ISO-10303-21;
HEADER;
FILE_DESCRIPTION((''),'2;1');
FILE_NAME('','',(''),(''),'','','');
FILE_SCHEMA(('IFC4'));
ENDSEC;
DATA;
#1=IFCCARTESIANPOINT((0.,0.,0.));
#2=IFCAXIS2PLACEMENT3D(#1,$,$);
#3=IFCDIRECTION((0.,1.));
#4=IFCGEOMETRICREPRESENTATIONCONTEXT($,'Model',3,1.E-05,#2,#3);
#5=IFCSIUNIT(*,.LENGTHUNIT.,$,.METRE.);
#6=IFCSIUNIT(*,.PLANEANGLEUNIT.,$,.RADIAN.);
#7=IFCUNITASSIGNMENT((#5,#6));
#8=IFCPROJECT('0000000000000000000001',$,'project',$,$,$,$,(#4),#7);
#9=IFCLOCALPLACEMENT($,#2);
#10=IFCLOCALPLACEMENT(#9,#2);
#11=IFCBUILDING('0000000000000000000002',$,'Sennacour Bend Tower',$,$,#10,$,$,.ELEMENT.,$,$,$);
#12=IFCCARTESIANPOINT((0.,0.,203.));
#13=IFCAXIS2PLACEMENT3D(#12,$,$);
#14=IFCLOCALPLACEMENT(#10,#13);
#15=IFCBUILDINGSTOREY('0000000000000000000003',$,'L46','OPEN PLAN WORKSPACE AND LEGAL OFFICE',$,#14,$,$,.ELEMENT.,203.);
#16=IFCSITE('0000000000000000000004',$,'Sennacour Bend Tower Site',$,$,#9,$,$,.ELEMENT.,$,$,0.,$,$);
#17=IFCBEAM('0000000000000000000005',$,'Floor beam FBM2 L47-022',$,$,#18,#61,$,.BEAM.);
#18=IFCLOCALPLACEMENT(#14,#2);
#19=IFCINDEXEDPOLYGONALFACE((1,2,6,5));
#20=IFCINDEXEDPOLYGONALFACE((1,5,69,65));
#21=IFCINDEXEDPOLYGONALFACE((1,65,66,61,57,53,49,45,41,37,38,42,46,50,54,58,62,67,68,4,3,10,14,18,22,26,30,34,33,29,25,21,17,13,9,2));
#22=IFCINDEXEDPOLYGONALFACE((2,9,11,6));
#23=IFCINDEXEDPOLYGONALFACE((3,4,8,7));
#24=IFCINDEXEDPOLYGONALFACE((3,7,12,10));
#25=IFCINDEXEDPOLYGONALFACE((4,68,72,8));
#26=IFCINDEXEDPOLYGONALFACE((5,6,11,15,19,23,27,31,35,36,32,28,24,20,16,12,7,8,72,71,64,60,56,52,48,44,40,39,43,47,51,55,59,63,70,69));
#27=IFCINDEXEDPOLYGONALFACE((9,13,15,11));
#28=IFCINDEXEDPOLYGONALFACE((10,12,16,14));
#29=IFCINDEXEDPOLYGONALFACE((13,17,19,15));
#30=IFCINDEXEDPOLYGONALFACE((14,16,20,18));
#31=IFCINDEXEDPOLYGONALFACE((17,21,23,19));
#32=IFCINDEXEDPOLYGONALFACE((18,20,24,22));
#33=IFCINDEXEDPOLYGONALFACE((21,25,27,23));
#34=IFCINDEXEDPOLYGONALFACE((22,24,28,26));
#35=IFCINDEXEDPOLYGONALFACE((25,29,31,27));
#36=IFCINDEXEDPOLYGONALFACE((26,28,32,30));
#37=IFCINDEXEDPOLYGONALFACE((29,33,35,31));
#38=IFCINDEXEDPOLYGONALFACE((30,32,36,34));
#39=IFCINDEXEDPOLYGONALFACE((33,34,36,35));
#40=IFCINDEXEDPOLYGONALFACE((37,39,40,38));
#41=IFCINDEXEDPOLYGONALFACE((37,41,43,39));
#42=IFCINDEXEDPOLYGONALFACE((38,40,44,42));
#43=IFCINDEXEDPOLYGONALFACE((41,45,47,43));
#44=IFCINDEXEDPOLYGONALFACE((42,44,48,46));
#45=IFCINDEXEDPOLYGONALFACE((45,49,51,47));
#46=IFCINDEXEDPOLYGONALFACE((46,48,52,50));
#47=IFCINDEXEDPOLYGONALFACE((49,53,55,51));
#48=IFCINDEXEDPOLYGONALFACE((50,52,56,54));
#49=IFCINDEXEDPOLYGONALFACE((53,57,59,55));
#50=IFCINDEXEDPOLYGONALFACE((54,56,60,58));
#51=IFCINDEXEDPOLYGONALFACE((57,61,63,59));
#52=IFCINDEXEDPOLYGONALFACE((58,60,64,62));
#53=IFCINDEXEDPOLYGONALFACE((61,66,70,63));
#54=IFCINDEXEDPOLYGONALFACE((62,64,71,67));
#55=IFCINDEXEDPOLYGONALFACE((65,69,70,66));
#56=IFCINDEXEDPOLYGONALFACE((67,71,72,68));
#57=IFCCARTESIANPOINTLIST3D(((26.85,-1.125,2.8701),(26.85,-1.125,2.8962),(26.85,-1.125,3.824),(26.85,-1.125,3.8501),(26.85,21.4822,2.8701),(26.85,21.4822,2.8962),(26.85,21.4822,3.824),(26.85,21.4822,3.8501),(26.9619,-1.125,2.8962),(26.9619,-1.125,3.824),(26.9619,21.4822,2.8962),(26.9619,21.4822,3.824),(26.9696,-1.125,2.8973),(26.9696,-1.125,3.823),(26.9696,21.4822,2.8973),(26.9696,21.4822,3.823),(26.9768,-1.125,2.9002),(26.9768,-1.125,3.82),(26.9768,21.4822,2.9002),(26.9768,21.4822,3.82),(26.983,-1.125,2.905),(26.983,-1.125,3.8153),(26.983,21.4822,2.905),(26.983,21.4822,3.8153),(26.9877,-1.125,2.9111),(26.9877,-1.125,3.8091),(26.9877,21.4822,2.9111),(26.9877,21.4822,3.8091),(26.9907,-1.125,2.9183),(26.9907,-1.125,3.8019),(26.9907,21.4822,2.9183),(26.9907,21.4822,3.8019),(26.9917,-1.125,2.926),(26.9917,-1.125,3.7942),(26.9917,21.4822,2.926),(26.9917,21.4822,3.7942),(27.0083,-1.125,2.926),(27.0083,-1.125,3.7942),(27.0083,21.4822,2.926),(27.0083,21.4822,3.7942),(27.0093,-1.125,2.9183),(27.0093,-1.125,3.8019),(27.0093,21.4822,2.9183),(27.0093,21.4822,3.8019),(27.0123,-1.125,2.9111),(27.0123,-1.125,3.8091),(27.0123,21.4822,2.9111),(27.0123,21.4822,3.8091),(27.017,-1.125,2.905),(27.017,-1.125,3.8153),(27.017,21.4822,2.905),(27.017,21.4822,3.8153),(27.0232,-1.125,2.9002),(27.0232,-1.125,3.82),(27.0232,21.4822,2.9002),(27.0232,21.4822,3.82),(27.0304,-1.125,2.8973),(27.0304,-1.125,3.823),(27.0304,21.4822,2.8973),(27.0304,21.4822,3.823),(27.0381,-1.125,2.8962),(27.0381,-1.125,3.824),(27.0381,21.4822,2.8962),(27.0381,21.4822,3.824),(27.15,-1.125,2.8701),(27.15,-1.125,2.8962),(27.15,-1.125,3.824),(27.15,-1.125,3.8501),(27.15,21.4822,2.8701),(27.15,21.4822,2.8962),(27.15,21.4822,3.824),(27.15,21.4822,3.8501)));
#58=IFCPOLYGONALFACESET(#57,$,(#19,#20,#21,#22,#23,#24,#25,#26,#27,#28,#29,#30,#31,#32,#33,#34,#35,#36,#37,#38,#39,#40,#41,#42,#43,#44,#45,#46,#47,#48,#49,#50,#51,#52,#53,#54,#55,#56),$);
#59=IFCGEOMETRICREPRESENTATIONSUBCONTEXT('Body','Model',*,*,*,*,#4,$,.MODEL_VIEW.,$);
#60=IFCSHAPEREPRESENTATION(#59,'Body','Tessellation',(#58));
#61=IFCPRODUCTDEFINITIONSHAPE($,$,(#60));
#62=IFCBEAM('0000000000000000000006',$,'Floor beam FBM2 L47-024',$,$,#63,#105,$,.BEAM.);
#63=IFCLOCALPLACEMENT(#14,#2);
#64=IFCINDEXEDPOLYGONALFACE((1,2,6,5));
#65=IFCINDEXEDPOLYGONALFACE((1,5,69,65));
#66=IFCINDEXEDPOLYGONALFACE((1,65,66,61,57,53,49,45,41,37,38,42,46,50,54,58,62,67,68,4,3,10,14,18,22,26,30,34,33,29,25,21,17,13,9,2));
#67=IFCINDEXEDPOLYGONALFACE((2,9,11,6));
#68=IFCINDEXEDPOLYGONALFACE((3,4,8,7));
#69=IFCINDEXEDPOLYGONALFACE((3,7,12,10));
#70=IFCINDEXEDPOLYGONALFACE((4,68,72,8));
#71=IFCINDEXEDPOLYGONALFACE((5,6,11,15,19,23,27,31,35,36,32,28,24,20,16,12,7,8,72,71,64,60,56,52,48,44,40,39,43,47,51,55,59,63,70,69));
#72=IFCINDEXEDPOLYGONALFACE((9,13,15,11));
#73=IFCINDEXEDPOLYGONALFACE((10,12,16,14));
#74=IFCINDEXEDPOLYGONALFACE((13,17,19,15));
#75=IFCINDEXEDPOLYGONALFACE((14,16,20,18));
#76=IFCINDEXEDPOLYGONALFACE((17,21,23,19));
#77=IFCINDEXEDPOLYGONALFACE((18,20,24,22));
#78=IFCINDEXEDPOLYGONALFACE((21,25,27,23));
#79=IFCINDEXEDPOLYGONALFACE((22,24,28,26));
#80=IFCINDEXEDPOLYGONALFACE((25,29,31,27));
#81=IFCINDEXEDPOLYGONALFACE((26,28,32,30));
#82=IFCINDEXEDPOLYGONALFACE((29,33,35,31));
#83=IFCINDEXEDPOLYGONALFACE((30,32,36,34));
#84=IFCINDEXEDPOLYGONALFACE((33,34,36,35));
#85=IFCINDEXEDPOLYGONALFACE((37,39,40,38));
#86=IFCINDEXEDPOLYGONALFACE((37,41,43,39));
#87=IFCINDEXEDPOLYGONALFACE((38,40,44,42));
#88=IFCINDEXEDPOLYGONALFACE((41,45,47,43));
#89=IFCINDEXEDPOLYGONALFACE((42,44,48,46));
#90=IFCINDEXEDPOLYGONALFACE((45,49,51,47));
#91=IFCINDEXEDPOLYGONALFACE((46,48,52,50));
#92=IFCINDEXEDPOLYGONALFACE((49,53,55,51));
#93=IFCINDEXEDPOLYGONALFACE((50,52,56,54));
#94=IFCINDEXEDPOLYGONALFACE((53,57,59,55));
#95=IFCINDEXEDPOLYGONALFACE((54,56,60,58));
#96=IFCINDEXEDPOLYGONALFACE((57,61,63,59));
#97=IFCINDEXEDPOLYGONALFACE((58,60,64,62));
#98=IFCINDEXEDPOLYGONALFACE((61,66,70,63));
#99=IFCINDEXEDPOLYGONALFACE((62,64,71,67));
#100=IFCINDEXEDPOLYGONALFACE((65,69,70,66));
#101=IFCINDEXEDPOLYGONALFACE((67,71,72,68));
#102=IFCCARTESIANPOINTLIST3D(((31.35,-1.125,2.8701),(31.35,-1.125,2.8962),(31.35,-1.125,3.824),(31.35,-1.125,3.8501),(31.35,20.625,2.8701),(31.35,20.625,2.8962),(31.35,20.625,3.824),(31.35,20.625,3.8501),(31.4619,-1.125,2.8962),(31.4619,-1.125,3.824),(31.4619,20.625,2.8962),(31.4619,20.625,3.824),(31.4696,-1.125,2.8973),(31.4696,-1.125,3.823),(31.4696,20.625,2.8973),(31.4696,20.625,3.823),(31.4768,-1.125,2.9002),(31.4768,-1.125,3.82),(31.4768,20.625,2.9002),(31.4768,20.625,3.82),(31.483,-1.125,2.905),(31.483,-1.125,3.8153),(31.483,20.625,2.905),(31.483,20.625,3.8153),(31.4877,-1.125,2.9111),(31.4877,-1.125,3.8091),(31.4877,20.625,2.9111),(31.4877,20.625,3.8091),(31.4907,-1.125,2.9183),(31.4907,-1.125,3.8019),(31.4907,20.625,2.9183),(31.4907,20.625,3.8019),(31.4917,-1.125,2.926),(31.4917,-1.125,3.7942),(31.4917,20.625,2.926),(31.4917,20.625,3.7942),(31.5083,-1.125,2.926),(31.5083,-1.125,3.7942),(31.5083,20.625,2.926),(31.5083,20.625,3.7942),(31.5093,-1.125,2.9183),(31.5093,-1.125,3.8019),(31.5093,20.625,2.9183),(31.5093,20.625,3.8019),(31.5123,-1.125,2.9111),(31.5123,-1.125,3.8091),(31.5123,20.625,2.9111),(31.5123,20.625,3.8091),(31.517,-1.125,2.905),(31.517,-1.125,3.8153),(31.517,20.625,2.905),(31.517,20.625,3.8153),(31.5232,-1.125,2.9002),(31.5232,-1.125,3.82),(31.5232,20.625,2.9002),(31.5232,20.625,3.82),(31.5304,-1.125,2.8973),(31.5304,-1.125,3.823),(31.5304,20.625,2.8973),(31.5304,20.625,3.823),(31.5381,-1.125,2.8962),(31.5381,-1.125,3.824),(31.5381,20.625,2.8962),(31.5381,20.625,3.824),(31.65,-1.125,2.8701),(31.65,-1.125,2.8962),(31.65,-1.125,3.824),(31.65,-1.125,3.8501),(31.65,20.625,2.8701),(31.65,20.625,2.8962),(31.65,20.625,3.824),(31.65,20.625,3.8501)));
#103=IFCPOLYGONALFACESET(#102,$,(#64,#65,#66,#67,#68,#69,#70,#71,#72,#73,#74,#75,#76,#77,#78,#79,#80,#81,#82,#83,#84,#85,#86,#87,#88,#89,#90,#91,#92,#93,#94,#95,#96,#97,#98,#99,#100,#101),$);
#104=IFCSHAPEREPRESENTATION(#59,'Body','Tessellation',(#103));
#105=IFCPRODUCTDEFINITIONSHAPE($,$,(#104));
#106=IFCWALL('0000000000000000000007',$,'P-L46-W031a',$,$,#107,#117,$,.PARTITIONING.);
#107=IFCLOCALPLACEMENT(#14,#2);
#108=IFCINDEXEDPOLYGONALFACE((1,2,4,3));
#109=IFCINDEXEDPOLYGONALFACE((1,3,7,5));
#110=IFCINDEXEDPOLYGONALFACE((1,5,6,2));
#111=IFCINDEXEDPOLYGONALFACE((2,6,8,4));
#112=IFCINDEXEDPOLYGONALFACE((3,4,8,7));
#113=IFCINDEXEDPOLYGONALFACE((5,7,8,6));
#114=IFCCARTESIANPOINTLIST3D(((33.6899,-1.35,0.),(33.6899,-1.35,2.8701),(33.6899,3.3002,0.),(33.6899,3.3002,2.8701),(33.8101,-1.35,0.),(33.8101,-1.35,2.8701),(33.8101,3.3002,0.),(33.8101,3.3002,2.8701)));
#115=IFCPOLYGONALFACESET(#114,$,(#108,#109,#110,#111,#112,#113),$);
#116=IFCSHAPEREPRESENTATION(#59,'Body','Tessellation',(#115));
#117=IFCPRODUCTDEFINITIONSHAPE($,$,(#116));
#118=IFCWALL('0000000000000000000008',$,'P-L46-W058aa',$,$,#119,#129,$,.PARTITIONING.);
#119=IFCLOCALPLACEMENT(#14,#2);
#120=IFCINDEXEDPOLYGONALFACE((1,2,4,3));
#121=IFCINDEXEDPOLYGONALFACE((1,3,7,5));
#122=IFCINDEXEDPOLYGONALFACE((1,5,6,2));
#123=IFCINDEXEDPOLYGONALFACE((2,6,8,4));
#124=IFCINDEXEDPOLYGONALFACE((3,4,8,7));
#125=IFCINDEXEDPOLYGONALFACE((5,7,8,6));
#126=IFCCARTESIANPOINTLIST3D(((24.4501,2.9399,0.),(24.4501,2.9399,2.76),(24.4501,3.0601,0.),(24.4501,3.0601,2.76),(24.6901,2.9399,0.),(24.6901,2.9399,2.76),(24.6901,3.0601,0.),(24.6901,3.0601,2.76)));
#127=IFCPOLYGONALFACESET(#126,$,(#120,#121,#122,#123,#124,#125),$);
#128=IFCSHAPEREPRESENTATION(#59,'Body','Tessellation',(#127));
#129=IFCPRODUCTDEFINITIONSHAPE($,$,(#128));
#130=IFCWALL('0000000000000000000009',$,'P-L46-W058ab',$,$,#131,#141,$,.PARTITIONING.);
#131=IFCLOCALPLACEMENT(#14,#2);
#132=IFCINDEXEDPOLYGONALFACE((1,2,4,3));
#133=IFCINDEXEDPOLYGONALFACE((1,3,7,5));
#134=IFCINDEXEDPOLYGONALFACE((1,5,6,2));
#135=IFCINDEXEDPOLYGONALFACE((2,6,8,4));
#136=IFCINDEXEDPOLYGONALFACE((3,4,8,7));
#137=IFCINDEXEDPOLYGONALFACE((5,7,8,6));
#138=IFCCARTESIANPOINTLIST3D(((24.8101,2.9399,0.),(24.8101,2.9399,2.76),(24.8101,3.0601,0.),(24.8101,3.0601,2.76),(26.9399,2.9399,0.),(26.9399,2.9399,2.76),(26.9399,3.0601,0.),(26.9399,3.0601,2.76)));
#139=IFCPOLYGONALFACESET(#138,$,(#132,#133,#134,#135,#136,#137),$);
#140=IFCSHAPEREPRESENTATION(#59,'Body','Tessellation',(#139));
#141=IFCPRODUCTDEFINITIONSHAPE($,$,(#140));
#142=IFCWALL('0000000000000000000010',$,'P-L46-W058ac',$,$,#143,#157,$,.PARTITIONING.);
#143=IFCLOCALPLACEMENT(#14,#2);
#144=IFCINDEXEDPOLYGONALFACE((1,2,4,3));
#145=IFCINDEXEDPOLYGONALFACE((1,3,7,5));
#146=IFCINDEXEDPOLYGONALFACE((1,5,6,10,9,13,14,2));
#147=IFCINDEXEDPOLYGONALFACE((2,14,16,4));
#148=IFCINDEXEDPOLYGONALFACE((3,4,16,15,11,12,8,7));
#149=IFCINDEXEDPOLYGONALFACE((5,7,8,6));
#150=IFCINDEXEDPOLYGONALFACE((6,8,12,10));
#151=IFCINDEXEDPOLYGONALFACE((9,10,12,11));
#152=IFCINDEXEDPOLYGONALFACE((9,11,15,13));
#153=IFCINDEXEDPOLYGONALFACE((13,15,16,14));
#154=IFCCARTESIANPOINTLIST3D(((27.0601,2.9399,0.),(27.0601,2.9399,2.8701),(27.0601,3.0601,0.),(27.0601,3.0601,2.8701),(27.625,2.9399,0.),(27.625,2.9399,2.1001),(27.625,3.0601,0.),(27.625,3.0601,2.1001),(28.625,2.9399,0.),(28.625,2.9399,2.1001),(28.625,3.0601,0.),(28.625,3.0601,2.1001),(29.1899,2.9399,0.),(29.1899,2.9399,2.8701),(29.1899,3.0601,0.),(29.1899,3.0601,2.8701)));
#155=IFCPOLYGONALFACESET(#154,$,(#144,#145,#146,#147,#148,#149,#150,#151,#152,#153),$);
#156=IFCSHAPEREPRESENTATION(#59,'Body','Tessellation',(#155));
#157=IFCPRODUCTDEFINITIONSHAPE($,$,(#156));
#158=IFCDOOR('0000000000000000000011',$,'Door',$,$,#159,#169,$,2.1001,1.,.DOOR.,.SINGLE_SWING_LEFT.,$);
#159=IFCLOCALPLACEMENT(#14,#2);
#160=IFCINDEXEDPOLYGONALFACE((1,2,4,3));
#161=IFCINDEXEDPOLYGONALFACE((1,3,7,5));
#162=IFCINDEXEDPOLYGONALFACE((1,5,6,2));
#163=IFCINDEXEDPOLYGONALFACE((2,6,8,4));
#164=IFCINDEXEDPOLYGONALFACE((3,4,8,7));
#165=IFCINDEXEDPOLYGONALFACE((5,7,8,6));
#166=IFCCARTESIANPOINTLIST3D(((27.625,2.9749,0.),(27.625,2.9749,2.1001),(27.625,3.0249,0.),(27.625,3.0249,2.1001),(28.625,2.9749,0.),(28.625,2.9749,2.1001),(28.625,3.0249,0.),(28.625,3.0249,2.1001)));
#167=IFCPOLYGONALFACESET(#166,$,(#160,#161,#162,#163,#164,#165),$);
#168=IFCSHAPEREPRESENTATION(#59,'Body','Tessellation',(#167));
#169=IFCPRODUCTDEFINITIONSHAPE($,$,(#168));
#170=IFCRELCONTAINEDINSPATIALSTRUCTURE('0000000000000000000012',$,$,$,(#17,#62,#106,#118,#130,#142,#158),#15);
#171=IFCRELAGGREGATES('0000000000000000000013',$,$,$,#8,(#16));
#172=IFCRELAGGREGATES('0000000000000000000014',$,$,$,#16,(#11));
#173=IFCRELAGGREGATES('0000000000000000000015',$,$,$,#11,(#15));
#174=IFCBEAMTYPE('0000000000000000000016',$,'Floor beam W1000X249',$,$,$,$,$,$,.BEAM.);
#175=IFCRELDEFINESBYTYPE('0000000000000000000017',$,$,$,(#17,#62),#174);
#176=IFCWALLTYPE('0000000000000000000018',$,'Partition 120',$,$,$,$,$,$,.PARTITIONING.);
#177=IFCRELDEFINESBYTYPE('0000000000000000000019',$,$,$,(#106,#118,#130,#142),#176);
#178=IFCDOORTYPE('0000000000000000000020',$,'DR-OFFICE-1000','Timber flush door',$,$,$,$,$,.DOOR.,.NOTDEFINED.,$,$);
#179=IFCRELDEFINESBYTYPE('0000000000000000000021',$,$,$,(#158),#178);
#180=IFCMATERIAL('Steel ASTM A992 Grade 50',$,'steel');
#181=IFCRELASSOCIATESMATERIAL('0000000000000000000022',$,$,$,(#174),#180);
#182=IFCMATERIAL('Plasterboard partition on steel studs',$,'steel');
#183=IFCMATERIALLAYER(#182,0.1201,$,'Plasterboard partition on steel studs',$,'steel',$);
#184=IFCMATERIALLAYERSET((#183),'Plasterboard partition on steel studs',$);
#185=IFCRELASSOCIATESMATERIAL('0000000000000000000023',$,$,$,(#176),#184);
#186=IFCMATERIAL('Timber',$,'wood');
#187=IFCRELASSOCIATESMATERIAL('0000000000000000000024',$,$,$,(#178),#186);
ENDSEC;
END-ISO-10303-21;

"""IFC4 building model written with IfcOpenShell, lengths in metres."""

from ifc_helpers import new_model, si_unit, direction, frame, frame_2d, origin, origin_2d, place, context, subcontext, project, spatial, rectangle, i_section, extrude, material, layer, layer_set, material_profile, profile_set, type_object, element, fill, save


model = new_model("IFC4")

# Units and contexts
model_context = context("Model", 3, precision=1e-05, world=origin(), true_north=direction((0.0, 1.0)))
body_context = subcontext(model_context, "Body", "Model", "MODEL_VIEW")
ifc_project = project(units=[si_unit("LENGTHUNIT", "METRE"), si_unit("PLANEANGLEUNIT", "RADIAN")], contexts=[model_context])

# Site, building, storey
site_placement = place(None, origin())
site = spatial("IfcSite", under=ifc_project, at=site_placement, Name="Sennacour Bend Tower Site", CompositionType="ELEMENT", RefElevation=0.0)
building_placement = place(site_placement, origin())
building = spatial("IfcBuilding", under=site, at=building_placement, Name="Sennacour Bend Tower", CompositionType="ELEMENT")
storey_placement = place(building_placement, frame((0.0, 0.0, 203.0)))
storey = spatial("IfcBuildingStorey", under=building, at=storey_placement, Name="L46", Description="OPEN PLAN WORKSPACE AND LEGAL OFFICE", CompositionType="ELEMENT", Elevation=203.0)

# Beams
ifc_material_1 = material(Name="Steel ASTM A992 Grade 50", Category="steel")
ifc_material_profile = material_profile(ifc_material_1, i_section(OverallWidth=0.3, OverallDepth=0.98, WebThickness=0.0166, FlangeThickness=0.0261, FilletRadius=0.0298, at=origin_2d()), Name="Steel ASTM A992 Grade 50", Category="steel")
ifc_profile_set = profile_set([ifc_material_profile], Name="Steel ASTM A992 Grade 50")
beam_type = type_object("IfcBeamType", Name="Floor beam W1000X249", PredefinedType="BEAM", material=ifc_profile_set)
beam_1_placement = place(storey_placement, frame((27.0, -1.125, 3.3601), z_axis=(0.0, 1.0, 0.0), x_axis=(-1.0, 0.0, 0.0)))
element("IfcBeam", 1, at=beam_1_placement, inside=storey, type_object=beam_type, Name="Floor beam FBM2 L47-022", PredefinedType="BEAM", context=body_context, shape_type="SweptSolid", body=[
    extrude(i_section(OverallWidth=0.3, OverallDepth=0.98, WebThickness=0.0166, FlangeThickness=0.0261, FilletRadius=0.0298, at=origin_2d()), origin(), (0.0, 0.0, 1.0), 22.6072),
])
beam_2_placement = place(storey_placement, frame((31.5, -1.125, 3.3601), z_axis=(0.0, 1.0, 0.0), x_axis=(-1.0, 0.0, 0.0)))
element("IfcBeam", 2, at=beam_2_placement, inside=storey, type_object=beam_type, Name="Floor beam FBM2 L47-024", PredefinedType="BEAM", context=body_context, shape_type="SweptSolid", body=[
    extrude(i_section(OverallWidth=0.3, OverallDepth=0.98, WebThickness=0.0166, FlangeThickness=0.0261, FilletRadius=0.0298, at=origin_2d()), origin(), (0.0, 0.0, 1.0), 21.75),
])

# Walls
ifc_material_2 = material(Name="Plasterboard partition on steel studs", Category="steel")
ifc_layer_1 = layer(ifc_material_2, 0.1201, Name="Plasterboard partition on steel studs", Category="steel")
ifc_layer_set_1 = layer_set([ifc_layer_1], Name="Plasterboard partition on steel studs")
wall_type_1 = type_object("IfcWallType", Name="Partition 120", PredefinedType="PARTITIONING", material=ifc_layer_set_1)
wall_1_placement = place(storey_placement, frame((33.75, -1.3501, 0.0), z_axis=(0.0, 0.0, 1.0), x_axis=(0.0, 1.0, 0.0)))
element("IfcWall", 3, at=wall_1_placement, inside=storey, type_object=wall_type_1, Name="P-L46-W031a", PredefinedType="PARTITIONING", context=body_context, shape_type="SweptSolid", body=[
    extrude(rectangle(XDim=4.6501, YDim=0.1201, at=frame_2d((2.3252, 0.0))), origin(), (0.0, 0.0, 1.0), 2.8701),
])
wall_2_placement = place(storey_placement, frame((24.45, 3.0, 0.0), z_axis=(0.0, 0.0, 1.0), x_axis=(1.0, 0.0, 0.0)))
element("IfcWall", 4, at=wall_2_placement, inside=storey, type_object=wall_type_1, Name="P-L46-W058aa", PredefinedType="PARTITIONING", context=body_context, shape_type="SweptSolid", body=[
    extrude(rectangle(XDim=0.24, YDim=0.1201, at=frame_2d((0.1201, 0.0))), origin(), (0.0, 0.0, 1.0), 2.76),
])
wall_3_placement = place(storey_placement, frame((24.8101, 3.0, 0.0), z_axis=(0.0, 0.0, 1.0), x_axis=(1.0, 0.0, 0.0)))
element("IfcWall", 5, at=wall_3_placement, inside=storey, type_object=wall_type_1, Name="P-L46-W058ab", PredefinedType="PARTITIONING", context=body_context, shape_type="SweptSolid", body=[
    extrude(rectangle(XDim=2.1299, YDim=0.1201, at=frame_2d((1.0649, 0.0))), origin(), (0.0, 0.0, 1.0), 2.76),
])

# Wall, opening, door
wall_4_placement = place(storey_placement, frame((27.0601, 3.0, 0.0), z_axis=(0.0, 0.0, 1.0), x_axis=(1.0, 0.0, 0.0)))
wall_4 = element("IfcWall", 6, at=wall_4_placement, inside=storey, type_object=wall_type_1, Name="P-L46-W058ac", PredefinedType="PARTITIONING", context=body_context, shape_type="SweptSolid", body=[
    extrude(rectangle(XDim=2.1299, YDim=0.1201, at=frame_2d((1.0649, 0.0))), origin(), (0.0, 0.0, 1.0), 2.8701),
])
opening_1_placement = place(wall_4_placement, frame((0.5649, 0.0, 0.0)))
opening_1 = element("IfcOpeningElement", 7, at=opening_1_placement, cuts=wall_4, PredefinedType="OPENING", context=body_context, shape_type="SweptSolid", body=[
    extrude(rectangle(XDim=1.0, YDim=2.1001, at=frame_2d((0.5, 1.05))), frame((0.0, 0.0701, 0.0), z_axis=(0.0, -1.0, 0.0), x_axis=(1.0, 0.0, 0.0)), (0.0, 0.0, 1.0), 0.1401),
])
ifc_material_3 = material(Name="Timber", Category="wood")
door_type_1 = type_object("IfcDoorType", Name="DR-OFFICE-1000", Description="Timber flush door", OperationType="NOTDEFINED", PredefinedType="DOOR", material=ifc_material_3)
door_1_placement = place(opening_1_placement, origin())
door_1 = element("IfcDoor", 8, at=door_1_placement, inside=storey, type_object=door_type_1, Name="Door", OperationType="SINGLE_SWING_LEFT", OverallHeight=2.1001, OverallWidth=1.0, PredefinedType="DOOR", context=body_context, shape_type="SweptSolid", body=[
    extrude(rectangle(XDim=1.0, YDim=2.1001, at=frame_2d((0.5, 1.05))), frame((0.0, 0.0249, 0.0), z_axis=(0.0, -1.0, 0.0), x_axis=(1.0, 0.0, 0.0)), (0.0, 0.0, 1.0), 0.05),
])
fill(opening_1, door_1)

save(model, "model.ifc")
